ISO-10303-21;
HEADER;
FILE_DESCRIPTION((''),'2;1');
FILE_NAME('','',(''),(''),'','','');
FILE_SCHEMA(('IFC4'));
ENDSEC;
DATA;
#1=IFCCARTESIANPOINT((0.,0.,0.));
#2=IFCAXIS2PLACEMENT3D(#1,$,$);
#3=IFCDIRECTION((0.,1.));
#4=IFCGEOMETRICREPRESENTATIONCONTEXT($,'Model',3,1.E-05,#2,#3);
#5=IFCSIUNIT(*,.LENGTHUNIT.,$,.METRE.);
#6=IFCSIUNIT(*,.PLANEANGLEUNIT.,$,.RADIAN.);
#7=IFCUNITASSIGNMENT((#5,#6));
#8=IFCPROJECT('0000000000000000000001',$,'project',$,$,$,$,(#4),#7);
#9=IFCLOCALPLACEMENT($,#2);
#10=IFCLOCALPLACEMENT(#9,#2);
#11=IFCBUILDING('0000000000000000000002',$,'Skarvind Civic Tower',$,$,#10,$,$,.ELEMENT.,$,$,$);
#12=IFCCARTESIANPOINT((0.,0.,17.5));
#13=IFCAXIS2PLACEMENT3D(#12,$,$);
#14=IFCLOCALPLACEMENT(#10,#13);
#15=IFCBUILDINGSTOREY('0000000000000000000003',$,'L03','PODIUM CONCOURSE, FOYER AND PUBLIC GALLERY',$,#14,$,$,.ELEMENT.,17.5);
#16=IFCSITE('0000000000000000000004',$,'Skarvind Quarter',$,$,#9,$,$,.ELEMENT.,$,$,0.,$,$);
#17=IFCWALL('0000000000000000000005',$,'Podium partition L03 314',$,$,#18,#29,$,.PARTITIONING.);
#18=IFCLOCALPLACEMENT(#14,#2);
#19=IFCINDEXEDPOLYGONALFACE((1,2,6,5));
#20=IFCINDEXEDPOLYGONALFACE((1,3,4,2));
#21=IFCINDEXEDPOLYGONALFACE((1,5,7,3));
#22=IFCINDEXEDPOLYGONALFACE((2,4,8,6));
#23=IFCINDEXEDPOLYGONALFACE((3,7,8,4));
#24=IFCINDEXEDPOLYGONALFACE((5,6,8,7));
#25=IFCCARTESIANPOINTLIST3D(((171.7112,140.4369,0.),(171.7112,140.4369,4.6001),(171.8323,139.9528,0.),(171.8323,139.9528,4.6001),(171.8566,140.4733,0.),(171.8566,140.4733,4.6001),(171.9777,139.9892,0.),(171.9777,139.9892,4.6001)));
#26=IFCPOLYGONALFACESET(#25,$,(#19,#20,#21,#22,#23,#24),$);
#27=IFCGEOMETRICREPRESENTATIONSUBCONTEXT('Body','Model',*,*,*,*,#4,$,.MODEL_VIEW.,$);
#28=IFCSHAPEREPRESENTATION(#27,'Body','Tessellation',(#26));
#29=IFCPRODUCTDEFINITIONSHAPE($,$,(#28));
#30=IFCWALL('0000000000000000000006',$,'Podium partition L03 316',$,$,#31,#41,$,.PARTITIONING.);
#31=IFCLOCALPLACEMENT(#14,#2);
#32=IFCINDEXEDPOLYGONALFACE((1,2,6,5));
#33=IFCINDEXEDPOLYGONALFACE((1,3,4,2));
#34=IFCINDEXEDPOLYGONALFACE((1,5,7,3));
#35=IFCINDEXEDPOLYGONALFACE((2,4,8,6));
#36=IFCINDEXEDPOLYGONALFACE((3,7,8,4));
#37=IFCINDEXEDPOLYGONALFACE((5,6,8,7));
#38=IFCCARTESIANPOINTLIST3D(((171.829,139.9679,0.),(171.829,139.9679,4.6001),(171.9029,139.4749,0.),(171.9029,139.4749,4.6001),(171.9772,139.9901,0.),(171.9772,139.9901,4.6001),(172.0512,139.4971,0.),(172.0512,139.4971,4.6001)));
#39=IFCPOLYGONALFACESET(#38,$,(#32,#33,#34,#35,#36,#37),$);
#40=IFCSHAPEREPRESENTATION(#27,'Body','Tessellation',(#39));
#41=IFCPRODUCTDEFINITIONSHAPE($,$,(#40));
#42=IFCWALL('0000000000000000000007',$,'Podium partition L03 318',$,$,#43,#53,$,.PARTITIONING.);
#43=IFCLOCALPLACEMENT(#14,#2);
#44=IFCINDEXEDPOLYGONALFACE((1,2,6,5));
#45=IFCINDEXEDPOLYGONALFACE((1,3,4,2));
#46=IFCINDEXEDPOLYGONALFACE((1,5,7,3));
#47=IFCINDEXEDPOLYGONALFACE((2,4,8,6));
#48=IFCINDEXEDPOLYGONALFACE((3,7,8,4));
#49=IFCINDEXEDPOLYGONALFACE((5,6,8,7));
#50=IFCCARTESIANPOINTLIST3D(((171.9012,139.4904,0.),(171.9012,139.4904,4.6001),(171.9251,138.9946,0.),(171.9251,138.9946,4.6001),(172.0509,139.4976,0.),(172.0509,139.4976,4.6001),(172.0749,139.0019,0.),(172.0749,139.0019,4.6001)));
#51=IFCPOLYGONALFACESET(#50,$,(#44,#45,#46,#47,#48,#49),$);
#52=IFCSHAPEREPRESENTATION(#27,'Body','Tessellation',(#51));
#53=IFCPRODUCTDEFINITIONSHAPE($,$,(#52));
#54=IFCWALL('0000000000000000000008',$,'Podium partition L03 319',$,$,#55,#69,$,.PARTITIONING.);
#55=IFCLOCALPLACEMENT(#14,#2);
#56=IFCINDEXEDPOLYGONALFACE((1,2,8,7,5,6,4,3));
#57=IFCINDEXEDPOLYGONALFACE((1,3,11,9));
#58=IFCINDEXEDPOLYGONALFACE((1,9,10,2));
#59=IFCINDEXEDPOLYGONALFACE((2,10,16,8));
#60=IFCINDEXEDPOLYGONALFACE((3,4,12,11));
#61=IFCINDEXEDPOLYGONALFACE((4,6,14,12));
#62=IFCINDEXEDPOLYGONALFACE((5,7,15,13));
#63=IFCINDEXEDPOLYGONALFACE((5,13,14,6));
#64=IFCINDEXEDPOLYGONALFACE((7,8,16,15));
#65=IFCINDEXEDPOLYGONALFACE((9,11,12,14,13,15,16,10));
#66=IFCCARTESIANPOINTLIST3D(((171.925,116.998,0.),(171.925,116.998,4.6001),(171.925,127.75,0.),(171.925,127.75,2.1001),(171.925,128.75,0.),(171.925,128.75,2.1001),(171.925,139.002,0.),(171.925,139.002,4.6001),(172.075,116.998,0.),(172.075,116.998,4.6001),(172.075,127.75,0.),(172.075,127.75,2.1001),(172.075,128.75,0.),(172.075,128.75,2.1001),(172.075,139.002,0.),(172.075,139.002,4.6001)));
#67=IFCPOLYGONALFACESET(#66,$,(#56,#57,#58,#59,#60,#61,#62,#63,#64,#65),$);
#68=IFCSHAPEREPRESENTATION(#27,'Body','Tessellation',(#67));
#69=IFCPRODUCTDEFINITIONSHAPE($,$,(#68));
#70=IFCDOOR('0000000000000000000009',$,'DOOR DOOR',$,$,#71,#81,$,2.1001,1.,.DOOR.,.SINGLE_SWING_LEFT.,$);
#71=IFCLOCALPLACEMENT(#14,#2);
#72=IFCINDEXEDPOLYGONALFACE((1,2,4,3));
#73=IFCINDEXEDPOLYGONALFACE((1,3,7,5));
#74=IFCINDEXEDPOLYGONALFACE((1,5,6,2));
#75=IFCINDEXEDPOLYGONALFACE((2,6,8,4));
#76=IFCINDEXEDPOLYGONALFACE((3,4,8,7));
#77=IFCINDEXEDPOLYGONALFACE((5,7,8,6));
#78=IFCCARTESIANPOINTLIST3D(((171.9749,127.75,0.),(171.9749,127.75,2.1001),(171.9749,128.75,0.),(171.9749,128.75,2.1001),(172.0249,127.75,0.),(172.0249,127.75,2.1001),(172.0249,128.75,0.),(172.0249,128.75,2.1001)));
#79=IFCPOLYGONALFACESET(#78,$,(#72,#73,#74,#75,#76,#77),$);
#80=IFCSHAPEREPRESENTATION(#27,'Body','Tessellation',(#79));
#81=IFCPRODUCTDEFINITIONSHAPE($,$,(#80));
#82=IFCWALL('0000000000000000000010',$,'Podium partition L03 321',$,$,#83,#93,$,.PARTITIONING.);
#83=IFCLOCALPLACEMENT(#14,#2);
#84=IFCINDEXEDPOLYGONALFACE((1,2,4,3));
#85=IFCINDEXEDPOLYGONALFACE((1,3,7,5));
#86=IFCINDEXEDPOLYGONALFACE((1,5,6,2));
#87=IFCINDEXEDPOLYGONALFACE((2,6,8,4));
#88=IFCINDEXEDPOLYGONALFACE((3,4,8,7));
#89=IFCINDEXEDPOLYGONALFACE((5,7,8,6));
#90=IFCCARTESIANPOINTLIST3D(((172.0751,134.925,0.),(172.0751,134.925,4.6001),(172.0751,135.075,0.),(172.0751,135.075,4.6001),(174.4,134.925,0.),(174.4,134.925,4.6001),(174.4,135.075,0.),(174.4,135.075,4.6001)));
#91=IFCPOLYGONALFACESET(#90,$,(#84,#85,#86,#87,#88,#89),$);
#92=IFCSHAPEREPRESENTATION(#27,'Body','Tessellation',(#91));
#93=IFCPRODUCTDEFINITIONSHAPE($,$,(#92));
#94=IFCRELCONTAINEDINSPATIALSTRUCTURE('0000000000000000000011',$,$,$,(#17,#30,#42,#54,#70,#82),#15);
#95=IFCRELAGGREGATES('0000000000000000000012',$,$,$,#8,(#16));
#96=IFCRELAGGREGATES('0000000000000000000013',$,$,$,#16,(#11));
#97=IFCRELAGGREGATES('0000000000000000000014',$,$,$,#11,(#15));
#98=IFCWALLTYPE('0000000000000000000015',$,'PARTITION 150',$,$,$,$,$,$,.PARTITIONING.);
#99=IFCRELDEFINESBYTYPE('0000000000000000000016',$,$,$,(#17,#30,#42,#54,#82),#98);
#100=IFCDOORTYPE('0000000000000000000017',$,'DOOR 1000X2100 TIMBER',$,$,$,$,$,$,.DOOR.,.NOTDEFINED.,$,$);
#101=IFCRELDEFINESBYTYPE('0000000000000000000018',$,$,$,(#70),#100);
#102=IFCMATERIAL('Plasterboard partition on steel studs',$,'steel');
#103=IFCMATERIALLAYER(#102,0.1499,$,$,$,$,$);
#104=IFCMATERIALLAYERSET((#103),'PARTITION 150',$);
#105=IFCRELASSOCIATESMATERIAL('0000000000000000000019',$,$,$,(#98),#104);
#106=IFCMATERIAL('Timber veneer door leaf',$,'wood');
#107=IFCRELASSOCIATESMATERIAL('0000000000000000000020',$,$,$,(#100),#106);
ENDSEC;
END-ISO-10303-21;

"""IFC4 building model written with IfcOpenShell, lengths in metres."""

from ifc_helpers import new_model, si_unit, direction, frame, frame_2d, origin, place, context, subcontext, project, spatial, rectangle, extrude, material, layer, layer_set, type_object, element, fill, save


model = new_model("IFC4")

# Units and contexts
model_context = context("Model", 3, precision=1e-05, world=origin(), true_north=direction((0.0, 1.0)))
body_context = subcontext(model_context, "Body", "Model", "MODEL_VIEW")
ifc_project = project(units=[si_unit("LENGTHUNIT", "METRE"), si_unit("PLANEANGLEUNIT", "RADIAN")], contexts=[model_context])

# Site, building, storey
site_placement = place(None, origin())
site = spatial("IfcSite", under=ifc_project, at=site_placement, Name="Skarvind Quarter", CompositionType="ELEMENT", RefElevation=0.0)
building_placement = place(site_placement, origin())
building = spatial("IfcBuilding", under=site, at=building_placement, Name="Skarvind Civic Tower", CompositionType="ELEMENT")
storey_placement = place(building_placement, frame((0.0, 0.0, 17.5)))
storey = spatial("IfcBuildingStorey", under=building, at=storey_placement, Name="L03", Description="PODIUM CONCOURSE, FOYER AND PUBLIC GALLERY", CompositionType="ELEMENT", Elevation=17.5)

# Walls
ifc_material_1 = material(Name="Plasterboard partition on steel studs", Category="steel")
ifc_layer_1 = layer(ifc_material_1, 0.1499)
ifc_layer_set_1 = layer_set([ifc_layer_1], Name="PARTITION 150")
wall_type_1 = type_object("IfcWallType", Name="PARTITION 150", PredefinedType="PARTITIONING", material=ifc_layer_set_1)
wall_1_placement = place(storey_placement, frame((171.7839, 140.4551, 0.0), z_axis=(0.0, 0.0, 1.0), x_axis=(0.242651, -0.970114, 0.0)))
element("IfcWall", 1, at=wall_1_placement, inside=storey, type_object=wall_type_1, Name="Podium partition L03 314", PredefinedType="PARTITIONING", context=body_context, shape_type="SweptSolid", body=[
    extrude(rectangle(XDim=0.499, YDim=0.1499, at=frame_2d((0.2495, 0.0))), origin(), (0.0, 0.0, 1.0), 4.6001),
])
wall_2_placement = place(storey_placement, frame((171.9031, 139.979, 0.0), z_axis=(0.0, 0.0, 1.0), x_axis=(0.148412, -0.988926, 0.0)))
element("IfcWall", 2, at=wall_2_placement, inside=storey, type_object=wall_type_1, Name="Podium partition L03 316", PredefinedType="PARTITIONING", context=body_context, shape_type="SweptSolid", body=[
    extrude(rectangle(XDim=0.4985, YDim=0.1499, at=frame_2d((0.2493, 0.0))), origin(), (0.0, 0.0, 1.0), 4.6001),
])
wall_3_placement = place(storey_placement, frame((171.9761, 139.4939, 0.0), z_axis=(0.0, 0.0, 1.0), x_axis=(0.048196, -0.998838, 0.0)))
element("IfcWall", 3, at=wall_3_placement, inside=storey, type_object=wall_type_1, Name="Podium partition L03 318", PredefinedType="PARTITIONING", context=body_context, shape_type="SweptSolid", body=[
    extrude(rectangle(XDim=0.4963, YDim=0.1499, at=frame_2d((0.248, 0.0))), origin(), (0.0, 0.0, 1.0), 4.6001),
])

# Wall, opening, door
wall_4_placement = place(storey_placement, frame((172.0, 139.002, 0.0), z_axis=(0.0, 0.0, 1.0), x_axis=(0.0, -1.0, 0.0)))
wall_4 = element("IfcWall", 4, at=wall_4_placement, inside=storey, type_object=wall_type_1, Name="Podium partition L03 319", PredefinedType="PARTITIONING", context=body_context, shape_type="SweptSolid", body=[
    extrude(rectangle(XDim=22.0039, YDim=0.1499, at=frame_2d((11.002, 0.0))), origin(), (0.0, 0.0, 1.0), 4.6001),
])
opening_1_placement = place(wall_4_placement, frame((10.252, 0.0, 0.0)))
opening_1 = element("IfcOpeningElement", 5, at=opening_1_placement, cuts=wall_4, PredefinedType="OPENING", context=body_context, shape_type="SweptSolid", body=[
    extrude(rectangle(XDim=1.0, YDim=2.1001, at=frame_2d((0.5, 1.05))), frame((0.0, 0.085, 0.0), z_axis=(0.0, -1.0, 0.0), x_axis=(1.0, 0.0, 0.0)), (0.0, 0.0, 1.0), 0.1699),
])
ifc_material_2 = material(Name="Timber veneer door leaf", Category="wood")
door_type_1 = type_object("IfcDoorType", Name="DOOR 1000X2100 TIMBER", OperationType="NOTDEFINED", PredefinedType="DOOR", material=ifc_material_2)
door_1_placement = place(opening_1_placement, origin())
door_1 = element("IfcDoor", 6, at=door_1_placement, inside=storey, type_object=door_type_1, Name="DOOR DOOR", OperationType="SINGLE_SWING_LEFT", OverallHeight=2.1001, OverallWidth=1.0, PredefinedType="DOOR", context=body_context, shape_type="SweptSolid", body=[
    extrude(rectangle(XDim=1.0, YDim=2.1001, at=frame_2d((0.5, 1.05))), frame((0.0, 0.0249, 0.0), z_axis=(0.0, -1.0, 0.0), x_axis=(1.0, 0.0, 0.0)), (0.0, 0.0, 1.0), 0.05),
])
fill(opening_1, door_1)

# Wall
wall_5_placement = place(storey_placement, frame((172.075, 135.0, 0.0), z_axis=(0.0, 0.0, 1.0), x_axis=(1.0, 0.0, 0.0)))
element("IfcWall", 7, at=wall_5_placement, inside=storey, type_object=wall_type_1, Name="Podium partition L03 321", PredefinedType="PARTITIONING", context=body_context, shape_type="SweptSolid", body=[
    extrude(rectangle(XDim=2.325, YDim=0.1499, at=frame_2d((1.1626, 0.0))), origin(), (0.0, 0.0, 1.0), 4.6001),
])

save(model, "model.ifc")
